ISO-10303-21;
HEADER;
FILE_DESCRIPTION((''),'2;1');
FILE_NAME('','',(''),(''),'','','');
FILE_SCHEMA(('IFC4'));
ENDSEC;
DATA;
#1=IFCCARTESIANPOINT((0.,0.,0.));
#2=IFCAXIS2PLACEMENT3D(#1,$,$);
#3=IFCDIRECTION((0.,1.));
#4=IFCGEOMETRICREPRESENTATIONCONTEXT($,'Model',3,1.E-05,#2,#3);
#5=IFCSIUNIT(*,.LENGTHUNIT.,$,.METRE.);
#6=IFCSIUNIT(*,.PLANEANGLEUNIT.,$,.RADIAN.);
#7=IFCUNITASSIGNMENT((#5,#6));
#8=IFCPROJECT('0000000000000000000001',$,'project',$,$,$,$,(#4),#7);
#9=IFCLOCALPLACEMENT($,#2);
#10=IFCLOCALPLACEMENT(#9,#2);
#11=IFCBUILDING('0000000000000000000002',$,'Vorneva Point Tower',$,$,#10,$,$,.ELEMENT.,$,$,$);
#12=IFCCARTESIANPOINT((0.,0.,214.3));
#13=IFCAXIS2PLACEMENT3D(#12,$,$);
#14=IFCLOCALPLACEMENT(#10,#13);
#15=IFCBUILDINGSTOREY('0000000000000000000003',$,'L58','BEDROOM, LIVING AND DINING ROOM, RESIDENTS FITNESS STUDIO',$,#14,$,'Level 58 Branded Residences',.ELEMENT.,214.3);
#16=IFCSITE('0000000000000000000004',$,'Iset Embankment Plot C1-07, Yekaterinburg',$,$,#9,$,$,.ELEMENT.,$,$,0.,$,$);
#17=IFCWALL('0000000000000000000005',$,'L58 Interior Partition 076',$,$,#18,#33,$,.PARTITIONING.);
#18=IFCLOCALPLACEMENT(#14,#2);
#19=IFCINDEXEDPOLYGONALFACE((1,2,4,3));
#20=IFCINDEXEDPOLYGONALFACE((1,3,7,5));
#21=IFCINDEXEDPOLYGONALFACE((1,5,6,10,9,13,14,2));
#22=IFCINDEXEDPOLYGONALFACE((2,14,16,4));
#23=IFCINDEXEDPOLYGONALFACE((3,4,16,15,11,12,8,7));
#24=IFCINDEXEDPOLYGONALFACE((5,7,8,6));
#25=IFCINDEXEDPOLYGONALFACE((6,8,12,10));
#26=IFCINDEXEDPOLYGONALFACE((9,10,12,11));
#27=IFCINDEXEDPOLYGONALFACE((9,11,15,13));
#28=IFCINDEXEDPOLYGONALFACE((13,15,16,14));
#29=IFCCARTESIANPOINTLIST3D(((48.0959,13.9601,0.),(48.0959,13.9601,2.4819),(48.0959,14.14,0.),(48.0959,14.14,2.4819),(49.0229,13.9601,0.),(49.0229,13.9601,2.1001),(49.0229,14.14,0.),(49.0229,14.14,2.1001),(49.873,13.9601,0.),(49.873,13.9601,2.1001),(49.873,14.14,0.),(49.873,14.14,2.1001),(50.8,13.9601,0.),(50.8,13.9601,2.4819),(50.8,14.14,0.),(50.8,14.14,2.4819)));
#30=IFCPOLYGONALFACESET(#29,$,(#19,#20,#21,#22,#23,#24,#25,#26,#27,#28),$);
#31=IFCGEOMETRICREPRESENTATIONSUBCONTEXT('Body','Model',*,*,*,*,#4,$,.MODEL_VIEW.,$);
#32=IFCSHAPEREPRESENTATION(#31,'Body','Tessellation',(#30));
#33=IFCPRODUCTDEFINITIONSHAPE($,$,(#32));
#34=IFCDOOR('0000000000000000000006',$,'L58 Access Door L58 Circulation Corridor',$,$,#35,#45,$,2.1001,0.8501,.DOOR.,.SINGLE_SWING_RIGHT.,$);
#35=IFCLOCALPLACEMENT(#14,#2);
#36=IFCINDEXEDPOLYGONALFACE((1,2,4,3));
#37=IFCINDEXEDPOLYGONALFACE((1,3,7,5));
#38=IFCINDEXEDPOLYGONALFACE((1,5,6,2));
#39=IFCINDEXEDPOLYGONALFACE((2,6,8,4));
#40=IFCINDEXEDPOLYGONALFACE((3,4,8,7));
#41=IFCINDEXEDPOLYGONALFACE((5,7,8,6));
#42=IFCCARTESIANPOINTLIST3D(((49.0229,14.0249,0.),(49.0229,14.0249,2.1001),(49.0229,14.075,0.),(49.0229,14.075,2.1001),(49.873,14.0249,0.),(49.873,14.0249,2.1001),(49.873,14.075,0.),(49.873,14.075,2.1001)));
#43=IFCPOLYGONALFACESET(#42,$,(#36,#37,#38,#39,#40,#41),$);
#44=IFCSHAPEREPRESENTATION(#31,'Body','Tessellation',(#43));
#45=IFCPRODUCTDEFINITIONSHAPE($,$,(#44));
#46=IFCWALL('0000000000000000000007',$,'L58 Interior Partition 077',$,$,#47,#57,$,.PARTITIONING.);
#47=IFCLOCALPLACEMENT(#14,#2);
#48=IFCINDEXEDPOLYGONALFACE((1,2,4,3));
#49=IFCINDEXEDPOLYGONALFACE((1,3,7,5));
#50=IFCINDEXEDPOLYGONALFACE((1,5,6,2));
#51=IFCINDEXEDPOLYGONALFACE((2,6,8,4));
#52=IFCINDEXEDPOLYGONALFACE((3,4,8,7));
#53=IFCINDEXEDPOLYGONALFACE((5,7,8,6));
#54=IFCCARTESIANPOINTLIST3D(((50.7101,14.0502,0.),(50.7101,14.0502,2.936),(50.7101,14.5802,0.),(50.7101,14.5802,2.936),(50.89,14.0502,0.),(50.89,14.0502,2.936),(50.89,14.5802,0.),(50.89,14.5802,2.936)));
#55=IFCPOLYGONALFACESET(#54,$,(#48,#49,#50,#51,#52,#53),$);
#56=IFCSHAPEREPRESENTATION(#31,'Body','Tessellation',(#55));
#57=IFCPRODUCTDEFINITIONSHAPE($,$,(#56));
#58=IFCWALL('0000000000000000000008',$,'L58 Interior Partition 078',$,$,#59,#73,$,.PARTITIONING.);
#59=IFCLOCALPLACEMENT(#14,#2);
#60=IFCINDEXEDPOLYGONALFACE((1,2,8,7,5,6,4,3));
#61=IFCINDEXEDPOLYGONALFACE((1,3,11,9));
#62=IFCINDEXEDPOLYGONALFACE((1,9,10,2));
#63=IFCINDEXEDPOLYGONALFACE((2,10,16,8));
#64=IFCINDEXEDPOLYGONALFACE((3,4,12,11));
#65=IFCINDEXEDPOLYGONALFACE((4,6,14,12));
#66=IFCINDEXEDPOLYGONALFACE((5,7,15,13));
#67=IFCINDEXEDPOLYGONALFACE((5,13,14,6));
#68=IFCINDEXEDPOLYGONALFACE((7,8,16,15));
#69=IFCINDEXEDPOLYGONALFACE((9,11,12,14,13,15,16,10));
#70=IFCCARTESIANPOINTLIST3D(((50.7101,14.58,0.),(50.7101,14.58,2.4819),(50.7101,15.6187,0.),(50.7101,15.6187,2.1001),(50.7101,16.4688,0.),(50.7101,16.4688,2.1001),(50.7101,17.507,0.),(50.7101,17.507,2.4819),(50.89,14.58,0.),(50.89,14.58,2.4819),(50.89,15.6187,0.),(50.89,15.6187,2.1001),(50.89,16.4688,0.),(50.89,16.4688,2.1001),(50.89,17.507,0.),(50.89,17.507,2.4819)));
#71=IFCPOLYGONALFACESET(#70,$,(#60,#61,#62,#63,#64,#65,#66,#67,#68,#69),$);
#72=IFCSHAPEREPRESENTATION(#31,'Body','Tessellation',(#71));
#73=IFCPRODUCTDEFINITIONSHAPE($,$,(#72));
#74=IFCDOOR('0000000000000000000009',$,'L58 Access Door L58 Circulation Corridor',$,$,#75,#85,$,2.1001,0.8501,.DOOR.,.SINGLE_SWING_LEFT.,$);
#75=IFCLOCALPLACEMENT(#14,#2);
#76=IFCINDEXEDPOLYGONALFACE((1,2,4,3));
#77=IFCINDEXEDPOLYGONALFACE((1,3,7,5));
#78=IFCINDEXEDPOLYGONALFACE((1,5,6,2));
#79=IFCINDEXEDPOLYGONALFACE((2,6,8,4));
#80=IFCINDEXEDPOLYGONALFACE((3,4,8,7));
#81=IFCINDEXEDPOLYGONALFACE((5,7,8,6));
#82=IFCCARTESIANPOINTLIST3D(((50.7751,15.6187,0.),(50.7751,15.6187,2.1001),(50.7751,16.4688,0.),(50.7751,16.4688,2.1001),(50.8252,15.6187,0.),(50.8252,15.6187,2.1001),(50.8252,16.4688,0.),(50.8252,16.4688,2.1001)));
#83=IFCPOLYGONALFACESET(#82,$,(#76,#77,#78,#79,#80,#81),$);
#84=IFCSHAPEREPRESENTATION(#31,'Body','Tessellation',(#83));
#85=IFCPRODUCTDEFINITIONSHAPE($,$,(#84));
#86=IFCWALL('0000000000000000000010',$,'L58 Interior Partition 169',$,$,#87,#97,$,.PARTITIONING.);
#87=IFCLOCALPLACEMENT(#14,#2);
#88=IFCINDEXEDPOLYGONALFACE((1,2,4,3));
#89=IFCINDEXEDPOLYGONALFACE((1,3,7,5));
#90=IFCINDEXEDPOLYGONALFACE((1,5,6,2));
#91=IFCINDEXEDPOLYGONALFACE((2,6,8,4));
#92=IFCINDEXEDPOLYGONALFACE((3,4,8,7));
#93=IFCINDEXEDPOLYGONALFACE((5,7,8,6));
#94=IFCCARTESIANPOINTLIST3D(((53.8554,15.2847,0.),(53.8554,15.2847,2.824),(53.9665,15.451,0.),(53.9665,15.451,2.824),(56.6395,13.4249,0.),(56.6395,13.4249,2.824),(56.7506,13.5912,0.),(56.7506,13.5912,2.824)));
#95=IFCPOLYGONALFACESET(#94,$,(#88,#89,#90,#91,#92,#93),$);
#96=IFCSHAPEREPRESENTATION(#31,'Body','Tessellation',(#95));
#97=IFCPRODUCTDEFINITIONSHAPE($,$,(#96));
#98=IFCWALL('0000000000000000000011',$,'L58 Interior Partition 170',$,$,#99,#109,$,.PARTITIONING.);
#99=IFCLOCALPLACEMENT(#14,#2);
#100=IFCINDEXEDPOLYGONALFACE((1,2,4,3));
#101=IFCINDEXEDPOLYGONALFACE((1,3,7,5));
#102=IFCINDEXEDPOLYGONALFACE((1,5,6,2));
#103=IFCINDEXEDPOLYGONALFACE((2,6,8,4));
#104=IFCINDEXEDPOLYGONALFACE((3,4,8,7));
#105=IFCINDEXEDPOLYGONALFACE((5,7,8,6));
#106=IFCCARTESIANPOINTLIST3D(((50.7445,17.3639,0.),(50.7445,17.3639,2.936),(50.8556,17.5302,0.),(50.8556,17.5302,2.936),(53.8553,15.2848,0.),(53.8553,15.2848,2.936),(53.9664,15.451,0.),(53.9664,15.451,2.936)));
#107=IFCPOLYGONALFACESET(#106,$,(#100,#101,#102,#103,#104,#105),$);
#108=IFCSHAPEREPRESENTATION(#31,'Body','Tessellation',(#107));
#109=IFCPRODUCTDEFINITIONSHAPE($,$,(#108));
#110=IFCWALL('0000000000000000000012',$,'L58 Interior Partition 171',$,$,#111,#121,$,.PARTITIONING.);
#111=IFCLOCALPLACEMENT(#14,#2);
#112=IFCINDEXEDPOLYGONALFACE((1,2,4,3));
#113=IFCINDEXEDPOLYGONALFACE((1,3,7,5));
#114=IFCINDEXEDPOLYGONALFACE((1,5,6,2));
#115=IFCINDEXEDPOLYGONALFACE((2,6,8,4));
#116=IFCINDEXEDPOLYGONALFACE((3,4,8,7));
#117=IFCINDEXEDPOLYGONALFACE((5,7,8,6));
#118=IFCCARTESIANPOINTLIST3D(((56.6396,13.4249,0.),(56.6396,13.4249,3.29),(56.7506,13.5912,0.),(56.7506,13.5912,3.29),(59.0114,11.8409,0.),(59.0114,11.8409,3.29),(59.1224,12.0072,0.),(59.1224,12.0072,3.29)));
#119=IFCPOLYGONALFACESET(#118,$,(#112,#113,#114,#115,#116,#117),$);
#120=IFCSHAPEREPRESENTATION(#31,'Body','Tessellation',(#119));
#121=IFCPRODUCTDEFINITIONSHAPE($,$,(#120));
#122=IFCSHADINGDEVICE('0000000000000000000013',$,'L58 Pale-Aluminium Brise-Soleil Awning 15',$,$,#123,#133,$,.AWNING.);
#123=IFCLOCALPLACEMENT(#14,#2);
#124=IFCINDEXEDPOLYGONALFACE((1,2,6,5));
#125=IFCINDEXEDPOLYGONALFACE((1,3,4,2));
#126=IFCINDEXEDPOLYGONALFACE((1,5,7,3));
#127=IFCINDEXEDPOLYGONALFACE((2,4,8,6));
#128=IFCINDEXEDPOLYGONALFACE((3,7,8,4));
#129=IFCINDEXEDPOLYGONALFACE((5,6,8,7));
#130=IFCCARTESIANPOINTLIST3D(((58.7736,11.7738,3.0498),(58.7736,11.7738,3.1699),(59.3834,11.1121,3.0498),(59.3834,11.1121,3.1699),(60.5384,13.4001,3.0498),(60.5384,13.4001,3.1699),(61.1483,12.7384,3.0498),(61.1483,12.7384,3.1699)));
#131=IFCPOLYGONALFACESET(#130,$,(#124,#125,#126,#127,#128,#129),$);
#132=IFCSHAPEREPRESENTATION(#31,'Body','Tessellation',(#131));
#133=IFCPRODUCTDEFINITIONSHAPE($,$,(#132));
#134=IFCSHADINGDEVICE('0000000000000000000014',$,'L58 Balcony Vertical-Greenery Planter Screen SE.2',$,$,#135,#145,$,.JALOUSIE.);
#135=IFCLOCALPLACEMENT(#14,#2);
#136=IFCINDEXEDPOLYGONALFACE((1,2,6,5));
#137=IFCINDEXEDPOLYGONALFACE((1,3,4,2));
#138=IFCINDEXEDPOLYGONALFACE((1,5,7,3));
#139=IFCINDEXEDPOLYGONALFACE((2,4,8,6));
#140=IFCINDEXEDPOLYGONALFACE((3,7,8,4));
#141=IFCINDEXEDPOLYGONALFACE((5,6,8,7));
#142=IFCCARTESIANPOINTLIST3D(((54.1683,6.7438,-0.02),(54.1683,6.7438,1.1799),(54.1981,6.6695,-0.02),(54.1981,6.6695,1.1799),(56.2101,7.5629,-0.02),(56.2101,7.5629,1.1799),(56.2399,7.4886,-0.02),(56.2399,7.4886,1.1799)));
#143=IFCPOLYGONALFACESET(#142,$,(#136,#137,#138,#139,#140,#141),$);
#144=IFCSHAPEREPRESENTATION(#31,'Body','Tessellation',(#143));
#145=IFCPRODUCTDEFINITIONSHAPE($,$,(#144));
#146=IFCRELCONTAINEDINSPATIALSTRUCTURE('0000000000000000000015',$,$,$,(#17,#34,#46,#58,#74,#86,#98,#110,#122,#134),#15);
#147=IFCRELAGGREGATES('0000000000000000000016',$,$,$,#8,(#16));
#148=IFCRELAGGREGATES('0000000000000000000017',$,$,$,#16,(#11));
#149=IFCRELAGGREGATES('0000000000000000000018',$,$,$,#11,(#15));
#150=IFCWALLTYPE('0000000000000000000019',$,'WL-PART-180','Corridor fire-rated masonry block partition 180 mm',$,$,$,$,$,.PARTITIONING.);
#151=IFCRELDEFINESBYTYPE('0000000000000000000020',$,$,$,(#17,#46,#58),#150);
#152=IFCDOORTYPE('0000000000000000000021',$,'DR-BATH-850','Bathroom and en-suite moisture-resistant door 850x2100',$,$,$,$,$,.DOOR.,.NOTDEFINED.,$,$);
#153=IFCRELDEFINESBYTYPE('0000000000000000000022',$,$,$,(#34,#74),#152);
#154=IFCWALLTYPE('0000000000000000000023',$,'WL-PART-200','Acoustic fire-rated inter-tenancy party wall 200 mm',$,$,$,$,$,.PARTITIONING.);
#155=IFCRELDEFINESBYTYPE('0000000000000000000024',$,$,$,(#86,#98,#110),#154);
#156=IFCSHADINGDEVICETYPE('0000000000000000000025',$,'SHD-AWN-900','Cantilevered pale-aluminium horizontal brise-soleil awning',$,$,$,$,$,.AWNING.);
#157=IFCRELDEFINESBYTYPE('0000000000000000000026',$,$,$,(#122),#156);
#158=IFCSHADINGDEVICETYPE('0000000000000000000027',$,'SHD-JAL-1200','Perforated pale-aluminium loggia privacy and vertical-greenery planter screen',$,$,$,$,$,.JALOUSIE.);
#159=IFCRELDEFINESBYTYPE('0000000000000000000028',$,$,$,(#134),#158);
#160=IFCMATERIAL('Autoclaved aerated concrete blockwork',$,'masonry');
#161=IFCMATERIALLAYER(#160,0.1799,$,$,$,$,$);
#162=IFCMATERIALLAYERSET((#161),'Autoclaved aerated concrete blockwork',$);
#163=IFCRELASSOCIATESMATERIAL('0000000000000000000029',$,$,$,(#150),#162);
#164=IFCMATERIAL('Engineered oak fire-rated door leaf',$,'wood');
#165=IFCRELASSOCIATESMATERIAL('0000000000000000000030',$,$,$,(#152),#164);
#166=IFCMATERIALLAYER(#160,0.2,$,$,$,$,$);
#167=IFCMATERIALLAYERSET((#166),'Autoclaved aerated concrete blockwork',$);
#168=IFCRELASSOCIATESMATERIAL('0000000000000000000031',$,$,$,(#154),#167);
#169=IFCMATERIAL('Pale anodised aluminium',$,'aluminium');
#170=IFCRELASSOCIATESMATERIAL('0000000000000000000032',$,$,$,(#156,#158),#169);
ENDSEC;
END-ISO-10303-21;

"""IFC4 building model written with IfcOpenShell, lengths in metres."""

from ifc_helpers import new_model, si_unit, direction, frame, frame_2d, origin, origin_2d, place, context, subcontext, project, spatial, rectangle, extrude, material, layer, layer_set, type_object, element, fill, save


model = new_model("IFC4")

# Units and contexts
model_context = context("Model", 3, precision=1e-05, world=origin(), true_north=direction((0.0, 1.0)))
body_context = subcontext(model_context, "Body", "Model", "MODEL_VIEW")
ifc_project = project(units=[si_unit("LENGTHUNIT", "METRE"), si_unit("PLANEANGLEUNIT", "RADIAN")], contexts=[model_context])

# Site, building, storey
site_placement = place(None, origin())
site = spatial("IfcSite", under=ifc_project, at=site_placement, Name="Iset Embankment Plot C1-07, Yekaterinburg", CompositionType="ELEMENT", RefElevation=0.0)
building_placement = place(site_placement, origin())
building = spatial("IfcBuilding", under=site, at=building_placement, Name="Vorneva Point Tower", CompositionType="ELEMENT")
storey_placement = place(building_placement, frame((0.0, 0.0, 214.3)))
storey = spatial("IfcBuildingStorey", under=building, at=storey_placement, Name="L58", Description="BEDROOM, LIVING AND DINING ROOM, RESIDENTS FITNESS STUDIO", LongName="Level 58 Branded Residences", CompositionType="ELEMENT", Elevation=214.3)

# Shared definitions
ifc_material_1 = material(Name="Pale anodised aluminium", Category="aluminium")

# Wall, opening, door
ifc_material_2 = material(Name="Autoclaved aerated concrete blockwork", Category="masonry")
ifc_layer_1 = layer(ifc_material_2, 0.1799)
ifc_layer_set_1 = layer_set([ifc_layer_1], Name="Autoclaved aerated concrete blockwork")
wall_type_1 = type_object("IfcWallType", Name="WL-PART-180", Description="Corridor fire-rated masonry block partition 180 mm", PredefinedType="PARTITIONING", material=ifc_layer_set_1)
wall_1_placement = place(storey_placement, frame((48.0959, 14.05, 0.0), z_axis=(0.0, 0.0, 1.0), x_axis=(1.0, 0.0, 0.0)))
wall_1 = element("IfcWall", 1, at=wall_1_placement, inside=storey, type_object=wall_type_1, Name="L58 Interior Partition 076", PredefinedType="PARTITIONING", context=body_context, shape_type="SweptSolid", body=[
    extrude(rectangle(XDim=2.7041, YDim=0.1799, at=frame_2d((1.3521, 0.0))), origin(), (0.0, 0.0, 1.0), 2.4819),
])
opening_1_placement = place(wall_1_placement, frame((0.927, 0.0, 0.0)))
opening_1 = element("IfcOpeningElement", 2, at=opening_1_placement, cuts=wall_1, PredefinedType="OPENING", context=body_context, shape_type="SweptSolid", body=[
    extrude(rectangle(XDim=0.8501, YDim=2.1001, at=frame_2d((0.425, 1.05))), frame((0.0, 0.105, 0.0), z_axis=(0.0, -1.0, 0.0), x_axis=(1.0, 0.0, 0.0)), (0.0, 0.0, 1.0), 0.2097),
])
ifc_material_3 = material(Name="Engineered oak fire-rated door leaf", Category="wood")
door_type_1 = type_object("IfcDoorType", Name="DR-BATH-850", Description="Bathroom and en-suite moisture-resistant door 850x2100", OperationType="NOTDEFINED", PredefinedType="DOOR", material=ifc_material_3)
door_1_placement = place(opening_1_placement, origin())
door_1 = element("IfcDoor", 3, at=door_1_placement, inside=storey, type_object=door_type_1, Name="L58 Access Door L58 Circulation Corridor", OperationType="SINGLE_SWING_RIGHT", OverallHeight=2.1001, OverallWidth=0.8501, PredefinedType="DOOR", context=body_context, shape_type="SweptSolid", body=[
    extrude(rectangle(XDim=0.8501, YDim=2.1001, at=frame_2d((0.425, 1.05))), frame((0.0, 0.0249, 0.0), z_axis=(0.0, -1.0, 0.0), x_axis=(1.0, 0.0, 0.0)), (0.0, 0.0, 1.0), 0.05),
])
fill(opening_1, door_1)

# Wall
wall_2_placement = place(storey_placement, frame((50.8, 14.05, 0.0), z_axis=(0.0, 0.0, 1.0), x_axis=(0.0, 1.0, 0.0)))
element("IfcWall", 4, at=wall_2_placement, inside=storey, type_object=wall_type_1, Name="L58 Interior Partition 077", PredefinedType="PARTITIONING", context=body_context, shape_type="SweptSolid", body=[
    extrude(rectangle(XDim=0.53, YDim=0.1799, at=frame_2d((0.2651, 0.0))), origin(), (0.0, 0.0, 1.0), 2.936),
])

# Wall, opening, door
wall_3_placement = place(storey_placement, frame((50.8, 14.5801, 0.0), z_axis=(0.0, 0.0, 1.0), x_axis=(0.0, 1.0, 0.0)))
wall_3 = element("IfcWall", 5, at=wall_3_placement, inside=storey, type_object=wall_type_1, Name="L58 Interior Partition 078", PredefinedType="PARTITIONING", context=body_context, shape_type="SweptSolid", body=[
    extrude(rectangle(XDim=2.927, YDim=0.1799, at=frame_2d((1.4634, 0.0))), origin(), (0.0, 0.0, 1.0), 2.4819),
])
opening_2_placement = place(wall_3_placement, frame((1.0386, 0.0, 0.0)))
opening_2 = element("IfcOpeningElement", 6, at=opening_2_placement, cuts=wall_3, PredefinedType="OPENING", context=body_context, shape_type="SweptSolid", body=[
    extrude(rectangle(XDim=0.8501, YDim=2.1001, at=frame_2d((0.425, 1.05))), frame((0.0, 0.105, 0.0), z_axis=(0.0, -1.0, 0.0), x_axis=(1.0, 0.0, 0.0)), (0.0, 0.0, 1.0), 0.2097),
])
door_2_placement = place(opening_2_placement, origin())
door_2 = element("IfcDoor", 7, at=door_2_placement, inside=storey, type_object=door_type_1, Name="L58 Access Door L58 Circulation Corridor", OperationType="SINGLE_SWING_LEFT", OverallHeight=2.1001, OverallWidth=0.8501, PredefinedType="DOOR", context=body_context, shape_type="SweptSolid", body=[
    extrude(rectangle(XDim=0.8501, YDim=2.1001, at=frame_2d((0.425, 1.05))), frame((0.0, 0.0249, 0.0), z_axis=(0.0, -1.0, 0.0), x_axis=(1.0, 0.0, 0.0)), (0.0, 0.0, 1.0), 0.05),
])
fill(opening_2, door_2)

# Walls
ifc_layer_2 = layer(ifc_material_2, 0.2)
ifc_layer_set_2 = layer_set([ifc_layer_2], Name="Autoclaved aerated concrete blockwork")
wall_type_2 = type_object("IfcWallType", Name="WL-PART-200", Description="Acoustic fire-rated inter-tenancy party wall 200 mm", PredefinedType="PARTITIONING", material=ifc_layer_set_2)
wall_4_placement = place(storey_placement, frame((56.6951, 13.5081, 0.0), z_axis=(0.0, 0.0, 1.0), x_axis=(-0.831534, 0.555474, 0.0)))
element("IfcWall", 8, at=wall_4_placement, inside=storey, type_object=wall_type_2, Name="L58 Interior Partition 169", PredefinedType="PARTITIONING", context=body_context, shape_type="SweptSolid", body=[
    extrude(rectangle(XDim=3.3481, YDim=0.2, at=frame_2d((1.6741, 0.0))), origin(), (0.0, 0.0, 1.0), 2.824),
])
wall_5_placement = place(storey_placement, frame((53.9109, 15.3679, 0.0), z_axis=(0.0, 0.0, 1.0), x_axis=(-0.831407, 0.555664, 0.0)))
element("IfcWall", 9, at=wall_5_placement, inside=storey, type_object=wall_type_2, Name="L58 Interior Partition 170", PredefinedType="PARTITIONING", context=body_context, shape_type="SweptSolid", body=[
    extrude(rectangle(XDim=3.7417, YDim=0.2, at=frame_2d((1.8708, 0.0))), origin(), (0.0, 0.0, 1.0), 2.936),
])
wall_6_placement = place(storey_placement, frame((59.0669, 11.9241, 0.0), z_axis=(0.0, 0.0, 1.0), x_axis=(-0.831602, 0.555372, 0.0)))
element("IfcWall", 10, at=wall_6_placement, inside=storey, type_object=wall_type_2, Name="L58 Interior Partition 171", PredefinedType="PARTITIONING", context=body_context, shape_type="SweptSolid", body=[
    extrude(rectangle(XDim=2.8521, YDim=0.2, at=frame_2d((1.426, 0.0))), origin(), (0.0, 0.0, 1.0), 3.29),
])

# Shading devices
shading_device_type_1 = type_object("IfcShadingDeviceType", Name="SHD-AWN-900", Description="Cantilevered pale-aluminium horizontal brise-soleil awning", PredefinedType="AWNING", material=ifc_material_1)
shading_device_1_placement = place(storey_placement, frame((59.9609, 12.2561, 3.0498), z_axis=(0.0, 0.0, 1.0), x_axis=(0.735376, 0.677659, 0.0)))
element("IfcShadingDevice", 11, at=shading_device_1_placement, inside=storey, type_object=shading_device_type_1, Name="L58 Pale-Aluminium Brise-Soleil Awning 15", PredefinedType="AWNING", context=body_context, shape_type="SweptSolid", body=[
    extrude(rectangle(XDim=2.3999, YDim=0.8999, at=origin_2d()), origin(), (0.0, 0.0, 1.0), 0.1201),
])
shading_device_type_2 = type_object("IfcShadingDeviceType", Name="SHD-JAL-1200", Description="Perforated pale-aluminium loggia privacy and vertical-greenery planter screen", PredefinedType="JALOUSIE", material=ifc_material_1)
shading_device_2_placement = place(storey_placement, frame((55.2041, 7.1162, -0.02), z_axis=(0.0, 0.0, 1.0), x_axis=(0.928109, 0.372308, 0.0)))
element("IfcShadingDevice", 12, at=shading_device_2_placement, inside=storey, type_object=shading_device_type_2, Name="L58 Balcony Vertical-Greenery Planter Screen SE.2", PredefinedType="JALOUSIE", context=body_context, shape_type="SweptSolid", body=[
    extrude(rectangle(XDim=2.2, YDim=0.0801, at=origin_2d()), origin(), (0.0, 0.0, 1.0), 1.2),
])

save(model, "model.ifc")
